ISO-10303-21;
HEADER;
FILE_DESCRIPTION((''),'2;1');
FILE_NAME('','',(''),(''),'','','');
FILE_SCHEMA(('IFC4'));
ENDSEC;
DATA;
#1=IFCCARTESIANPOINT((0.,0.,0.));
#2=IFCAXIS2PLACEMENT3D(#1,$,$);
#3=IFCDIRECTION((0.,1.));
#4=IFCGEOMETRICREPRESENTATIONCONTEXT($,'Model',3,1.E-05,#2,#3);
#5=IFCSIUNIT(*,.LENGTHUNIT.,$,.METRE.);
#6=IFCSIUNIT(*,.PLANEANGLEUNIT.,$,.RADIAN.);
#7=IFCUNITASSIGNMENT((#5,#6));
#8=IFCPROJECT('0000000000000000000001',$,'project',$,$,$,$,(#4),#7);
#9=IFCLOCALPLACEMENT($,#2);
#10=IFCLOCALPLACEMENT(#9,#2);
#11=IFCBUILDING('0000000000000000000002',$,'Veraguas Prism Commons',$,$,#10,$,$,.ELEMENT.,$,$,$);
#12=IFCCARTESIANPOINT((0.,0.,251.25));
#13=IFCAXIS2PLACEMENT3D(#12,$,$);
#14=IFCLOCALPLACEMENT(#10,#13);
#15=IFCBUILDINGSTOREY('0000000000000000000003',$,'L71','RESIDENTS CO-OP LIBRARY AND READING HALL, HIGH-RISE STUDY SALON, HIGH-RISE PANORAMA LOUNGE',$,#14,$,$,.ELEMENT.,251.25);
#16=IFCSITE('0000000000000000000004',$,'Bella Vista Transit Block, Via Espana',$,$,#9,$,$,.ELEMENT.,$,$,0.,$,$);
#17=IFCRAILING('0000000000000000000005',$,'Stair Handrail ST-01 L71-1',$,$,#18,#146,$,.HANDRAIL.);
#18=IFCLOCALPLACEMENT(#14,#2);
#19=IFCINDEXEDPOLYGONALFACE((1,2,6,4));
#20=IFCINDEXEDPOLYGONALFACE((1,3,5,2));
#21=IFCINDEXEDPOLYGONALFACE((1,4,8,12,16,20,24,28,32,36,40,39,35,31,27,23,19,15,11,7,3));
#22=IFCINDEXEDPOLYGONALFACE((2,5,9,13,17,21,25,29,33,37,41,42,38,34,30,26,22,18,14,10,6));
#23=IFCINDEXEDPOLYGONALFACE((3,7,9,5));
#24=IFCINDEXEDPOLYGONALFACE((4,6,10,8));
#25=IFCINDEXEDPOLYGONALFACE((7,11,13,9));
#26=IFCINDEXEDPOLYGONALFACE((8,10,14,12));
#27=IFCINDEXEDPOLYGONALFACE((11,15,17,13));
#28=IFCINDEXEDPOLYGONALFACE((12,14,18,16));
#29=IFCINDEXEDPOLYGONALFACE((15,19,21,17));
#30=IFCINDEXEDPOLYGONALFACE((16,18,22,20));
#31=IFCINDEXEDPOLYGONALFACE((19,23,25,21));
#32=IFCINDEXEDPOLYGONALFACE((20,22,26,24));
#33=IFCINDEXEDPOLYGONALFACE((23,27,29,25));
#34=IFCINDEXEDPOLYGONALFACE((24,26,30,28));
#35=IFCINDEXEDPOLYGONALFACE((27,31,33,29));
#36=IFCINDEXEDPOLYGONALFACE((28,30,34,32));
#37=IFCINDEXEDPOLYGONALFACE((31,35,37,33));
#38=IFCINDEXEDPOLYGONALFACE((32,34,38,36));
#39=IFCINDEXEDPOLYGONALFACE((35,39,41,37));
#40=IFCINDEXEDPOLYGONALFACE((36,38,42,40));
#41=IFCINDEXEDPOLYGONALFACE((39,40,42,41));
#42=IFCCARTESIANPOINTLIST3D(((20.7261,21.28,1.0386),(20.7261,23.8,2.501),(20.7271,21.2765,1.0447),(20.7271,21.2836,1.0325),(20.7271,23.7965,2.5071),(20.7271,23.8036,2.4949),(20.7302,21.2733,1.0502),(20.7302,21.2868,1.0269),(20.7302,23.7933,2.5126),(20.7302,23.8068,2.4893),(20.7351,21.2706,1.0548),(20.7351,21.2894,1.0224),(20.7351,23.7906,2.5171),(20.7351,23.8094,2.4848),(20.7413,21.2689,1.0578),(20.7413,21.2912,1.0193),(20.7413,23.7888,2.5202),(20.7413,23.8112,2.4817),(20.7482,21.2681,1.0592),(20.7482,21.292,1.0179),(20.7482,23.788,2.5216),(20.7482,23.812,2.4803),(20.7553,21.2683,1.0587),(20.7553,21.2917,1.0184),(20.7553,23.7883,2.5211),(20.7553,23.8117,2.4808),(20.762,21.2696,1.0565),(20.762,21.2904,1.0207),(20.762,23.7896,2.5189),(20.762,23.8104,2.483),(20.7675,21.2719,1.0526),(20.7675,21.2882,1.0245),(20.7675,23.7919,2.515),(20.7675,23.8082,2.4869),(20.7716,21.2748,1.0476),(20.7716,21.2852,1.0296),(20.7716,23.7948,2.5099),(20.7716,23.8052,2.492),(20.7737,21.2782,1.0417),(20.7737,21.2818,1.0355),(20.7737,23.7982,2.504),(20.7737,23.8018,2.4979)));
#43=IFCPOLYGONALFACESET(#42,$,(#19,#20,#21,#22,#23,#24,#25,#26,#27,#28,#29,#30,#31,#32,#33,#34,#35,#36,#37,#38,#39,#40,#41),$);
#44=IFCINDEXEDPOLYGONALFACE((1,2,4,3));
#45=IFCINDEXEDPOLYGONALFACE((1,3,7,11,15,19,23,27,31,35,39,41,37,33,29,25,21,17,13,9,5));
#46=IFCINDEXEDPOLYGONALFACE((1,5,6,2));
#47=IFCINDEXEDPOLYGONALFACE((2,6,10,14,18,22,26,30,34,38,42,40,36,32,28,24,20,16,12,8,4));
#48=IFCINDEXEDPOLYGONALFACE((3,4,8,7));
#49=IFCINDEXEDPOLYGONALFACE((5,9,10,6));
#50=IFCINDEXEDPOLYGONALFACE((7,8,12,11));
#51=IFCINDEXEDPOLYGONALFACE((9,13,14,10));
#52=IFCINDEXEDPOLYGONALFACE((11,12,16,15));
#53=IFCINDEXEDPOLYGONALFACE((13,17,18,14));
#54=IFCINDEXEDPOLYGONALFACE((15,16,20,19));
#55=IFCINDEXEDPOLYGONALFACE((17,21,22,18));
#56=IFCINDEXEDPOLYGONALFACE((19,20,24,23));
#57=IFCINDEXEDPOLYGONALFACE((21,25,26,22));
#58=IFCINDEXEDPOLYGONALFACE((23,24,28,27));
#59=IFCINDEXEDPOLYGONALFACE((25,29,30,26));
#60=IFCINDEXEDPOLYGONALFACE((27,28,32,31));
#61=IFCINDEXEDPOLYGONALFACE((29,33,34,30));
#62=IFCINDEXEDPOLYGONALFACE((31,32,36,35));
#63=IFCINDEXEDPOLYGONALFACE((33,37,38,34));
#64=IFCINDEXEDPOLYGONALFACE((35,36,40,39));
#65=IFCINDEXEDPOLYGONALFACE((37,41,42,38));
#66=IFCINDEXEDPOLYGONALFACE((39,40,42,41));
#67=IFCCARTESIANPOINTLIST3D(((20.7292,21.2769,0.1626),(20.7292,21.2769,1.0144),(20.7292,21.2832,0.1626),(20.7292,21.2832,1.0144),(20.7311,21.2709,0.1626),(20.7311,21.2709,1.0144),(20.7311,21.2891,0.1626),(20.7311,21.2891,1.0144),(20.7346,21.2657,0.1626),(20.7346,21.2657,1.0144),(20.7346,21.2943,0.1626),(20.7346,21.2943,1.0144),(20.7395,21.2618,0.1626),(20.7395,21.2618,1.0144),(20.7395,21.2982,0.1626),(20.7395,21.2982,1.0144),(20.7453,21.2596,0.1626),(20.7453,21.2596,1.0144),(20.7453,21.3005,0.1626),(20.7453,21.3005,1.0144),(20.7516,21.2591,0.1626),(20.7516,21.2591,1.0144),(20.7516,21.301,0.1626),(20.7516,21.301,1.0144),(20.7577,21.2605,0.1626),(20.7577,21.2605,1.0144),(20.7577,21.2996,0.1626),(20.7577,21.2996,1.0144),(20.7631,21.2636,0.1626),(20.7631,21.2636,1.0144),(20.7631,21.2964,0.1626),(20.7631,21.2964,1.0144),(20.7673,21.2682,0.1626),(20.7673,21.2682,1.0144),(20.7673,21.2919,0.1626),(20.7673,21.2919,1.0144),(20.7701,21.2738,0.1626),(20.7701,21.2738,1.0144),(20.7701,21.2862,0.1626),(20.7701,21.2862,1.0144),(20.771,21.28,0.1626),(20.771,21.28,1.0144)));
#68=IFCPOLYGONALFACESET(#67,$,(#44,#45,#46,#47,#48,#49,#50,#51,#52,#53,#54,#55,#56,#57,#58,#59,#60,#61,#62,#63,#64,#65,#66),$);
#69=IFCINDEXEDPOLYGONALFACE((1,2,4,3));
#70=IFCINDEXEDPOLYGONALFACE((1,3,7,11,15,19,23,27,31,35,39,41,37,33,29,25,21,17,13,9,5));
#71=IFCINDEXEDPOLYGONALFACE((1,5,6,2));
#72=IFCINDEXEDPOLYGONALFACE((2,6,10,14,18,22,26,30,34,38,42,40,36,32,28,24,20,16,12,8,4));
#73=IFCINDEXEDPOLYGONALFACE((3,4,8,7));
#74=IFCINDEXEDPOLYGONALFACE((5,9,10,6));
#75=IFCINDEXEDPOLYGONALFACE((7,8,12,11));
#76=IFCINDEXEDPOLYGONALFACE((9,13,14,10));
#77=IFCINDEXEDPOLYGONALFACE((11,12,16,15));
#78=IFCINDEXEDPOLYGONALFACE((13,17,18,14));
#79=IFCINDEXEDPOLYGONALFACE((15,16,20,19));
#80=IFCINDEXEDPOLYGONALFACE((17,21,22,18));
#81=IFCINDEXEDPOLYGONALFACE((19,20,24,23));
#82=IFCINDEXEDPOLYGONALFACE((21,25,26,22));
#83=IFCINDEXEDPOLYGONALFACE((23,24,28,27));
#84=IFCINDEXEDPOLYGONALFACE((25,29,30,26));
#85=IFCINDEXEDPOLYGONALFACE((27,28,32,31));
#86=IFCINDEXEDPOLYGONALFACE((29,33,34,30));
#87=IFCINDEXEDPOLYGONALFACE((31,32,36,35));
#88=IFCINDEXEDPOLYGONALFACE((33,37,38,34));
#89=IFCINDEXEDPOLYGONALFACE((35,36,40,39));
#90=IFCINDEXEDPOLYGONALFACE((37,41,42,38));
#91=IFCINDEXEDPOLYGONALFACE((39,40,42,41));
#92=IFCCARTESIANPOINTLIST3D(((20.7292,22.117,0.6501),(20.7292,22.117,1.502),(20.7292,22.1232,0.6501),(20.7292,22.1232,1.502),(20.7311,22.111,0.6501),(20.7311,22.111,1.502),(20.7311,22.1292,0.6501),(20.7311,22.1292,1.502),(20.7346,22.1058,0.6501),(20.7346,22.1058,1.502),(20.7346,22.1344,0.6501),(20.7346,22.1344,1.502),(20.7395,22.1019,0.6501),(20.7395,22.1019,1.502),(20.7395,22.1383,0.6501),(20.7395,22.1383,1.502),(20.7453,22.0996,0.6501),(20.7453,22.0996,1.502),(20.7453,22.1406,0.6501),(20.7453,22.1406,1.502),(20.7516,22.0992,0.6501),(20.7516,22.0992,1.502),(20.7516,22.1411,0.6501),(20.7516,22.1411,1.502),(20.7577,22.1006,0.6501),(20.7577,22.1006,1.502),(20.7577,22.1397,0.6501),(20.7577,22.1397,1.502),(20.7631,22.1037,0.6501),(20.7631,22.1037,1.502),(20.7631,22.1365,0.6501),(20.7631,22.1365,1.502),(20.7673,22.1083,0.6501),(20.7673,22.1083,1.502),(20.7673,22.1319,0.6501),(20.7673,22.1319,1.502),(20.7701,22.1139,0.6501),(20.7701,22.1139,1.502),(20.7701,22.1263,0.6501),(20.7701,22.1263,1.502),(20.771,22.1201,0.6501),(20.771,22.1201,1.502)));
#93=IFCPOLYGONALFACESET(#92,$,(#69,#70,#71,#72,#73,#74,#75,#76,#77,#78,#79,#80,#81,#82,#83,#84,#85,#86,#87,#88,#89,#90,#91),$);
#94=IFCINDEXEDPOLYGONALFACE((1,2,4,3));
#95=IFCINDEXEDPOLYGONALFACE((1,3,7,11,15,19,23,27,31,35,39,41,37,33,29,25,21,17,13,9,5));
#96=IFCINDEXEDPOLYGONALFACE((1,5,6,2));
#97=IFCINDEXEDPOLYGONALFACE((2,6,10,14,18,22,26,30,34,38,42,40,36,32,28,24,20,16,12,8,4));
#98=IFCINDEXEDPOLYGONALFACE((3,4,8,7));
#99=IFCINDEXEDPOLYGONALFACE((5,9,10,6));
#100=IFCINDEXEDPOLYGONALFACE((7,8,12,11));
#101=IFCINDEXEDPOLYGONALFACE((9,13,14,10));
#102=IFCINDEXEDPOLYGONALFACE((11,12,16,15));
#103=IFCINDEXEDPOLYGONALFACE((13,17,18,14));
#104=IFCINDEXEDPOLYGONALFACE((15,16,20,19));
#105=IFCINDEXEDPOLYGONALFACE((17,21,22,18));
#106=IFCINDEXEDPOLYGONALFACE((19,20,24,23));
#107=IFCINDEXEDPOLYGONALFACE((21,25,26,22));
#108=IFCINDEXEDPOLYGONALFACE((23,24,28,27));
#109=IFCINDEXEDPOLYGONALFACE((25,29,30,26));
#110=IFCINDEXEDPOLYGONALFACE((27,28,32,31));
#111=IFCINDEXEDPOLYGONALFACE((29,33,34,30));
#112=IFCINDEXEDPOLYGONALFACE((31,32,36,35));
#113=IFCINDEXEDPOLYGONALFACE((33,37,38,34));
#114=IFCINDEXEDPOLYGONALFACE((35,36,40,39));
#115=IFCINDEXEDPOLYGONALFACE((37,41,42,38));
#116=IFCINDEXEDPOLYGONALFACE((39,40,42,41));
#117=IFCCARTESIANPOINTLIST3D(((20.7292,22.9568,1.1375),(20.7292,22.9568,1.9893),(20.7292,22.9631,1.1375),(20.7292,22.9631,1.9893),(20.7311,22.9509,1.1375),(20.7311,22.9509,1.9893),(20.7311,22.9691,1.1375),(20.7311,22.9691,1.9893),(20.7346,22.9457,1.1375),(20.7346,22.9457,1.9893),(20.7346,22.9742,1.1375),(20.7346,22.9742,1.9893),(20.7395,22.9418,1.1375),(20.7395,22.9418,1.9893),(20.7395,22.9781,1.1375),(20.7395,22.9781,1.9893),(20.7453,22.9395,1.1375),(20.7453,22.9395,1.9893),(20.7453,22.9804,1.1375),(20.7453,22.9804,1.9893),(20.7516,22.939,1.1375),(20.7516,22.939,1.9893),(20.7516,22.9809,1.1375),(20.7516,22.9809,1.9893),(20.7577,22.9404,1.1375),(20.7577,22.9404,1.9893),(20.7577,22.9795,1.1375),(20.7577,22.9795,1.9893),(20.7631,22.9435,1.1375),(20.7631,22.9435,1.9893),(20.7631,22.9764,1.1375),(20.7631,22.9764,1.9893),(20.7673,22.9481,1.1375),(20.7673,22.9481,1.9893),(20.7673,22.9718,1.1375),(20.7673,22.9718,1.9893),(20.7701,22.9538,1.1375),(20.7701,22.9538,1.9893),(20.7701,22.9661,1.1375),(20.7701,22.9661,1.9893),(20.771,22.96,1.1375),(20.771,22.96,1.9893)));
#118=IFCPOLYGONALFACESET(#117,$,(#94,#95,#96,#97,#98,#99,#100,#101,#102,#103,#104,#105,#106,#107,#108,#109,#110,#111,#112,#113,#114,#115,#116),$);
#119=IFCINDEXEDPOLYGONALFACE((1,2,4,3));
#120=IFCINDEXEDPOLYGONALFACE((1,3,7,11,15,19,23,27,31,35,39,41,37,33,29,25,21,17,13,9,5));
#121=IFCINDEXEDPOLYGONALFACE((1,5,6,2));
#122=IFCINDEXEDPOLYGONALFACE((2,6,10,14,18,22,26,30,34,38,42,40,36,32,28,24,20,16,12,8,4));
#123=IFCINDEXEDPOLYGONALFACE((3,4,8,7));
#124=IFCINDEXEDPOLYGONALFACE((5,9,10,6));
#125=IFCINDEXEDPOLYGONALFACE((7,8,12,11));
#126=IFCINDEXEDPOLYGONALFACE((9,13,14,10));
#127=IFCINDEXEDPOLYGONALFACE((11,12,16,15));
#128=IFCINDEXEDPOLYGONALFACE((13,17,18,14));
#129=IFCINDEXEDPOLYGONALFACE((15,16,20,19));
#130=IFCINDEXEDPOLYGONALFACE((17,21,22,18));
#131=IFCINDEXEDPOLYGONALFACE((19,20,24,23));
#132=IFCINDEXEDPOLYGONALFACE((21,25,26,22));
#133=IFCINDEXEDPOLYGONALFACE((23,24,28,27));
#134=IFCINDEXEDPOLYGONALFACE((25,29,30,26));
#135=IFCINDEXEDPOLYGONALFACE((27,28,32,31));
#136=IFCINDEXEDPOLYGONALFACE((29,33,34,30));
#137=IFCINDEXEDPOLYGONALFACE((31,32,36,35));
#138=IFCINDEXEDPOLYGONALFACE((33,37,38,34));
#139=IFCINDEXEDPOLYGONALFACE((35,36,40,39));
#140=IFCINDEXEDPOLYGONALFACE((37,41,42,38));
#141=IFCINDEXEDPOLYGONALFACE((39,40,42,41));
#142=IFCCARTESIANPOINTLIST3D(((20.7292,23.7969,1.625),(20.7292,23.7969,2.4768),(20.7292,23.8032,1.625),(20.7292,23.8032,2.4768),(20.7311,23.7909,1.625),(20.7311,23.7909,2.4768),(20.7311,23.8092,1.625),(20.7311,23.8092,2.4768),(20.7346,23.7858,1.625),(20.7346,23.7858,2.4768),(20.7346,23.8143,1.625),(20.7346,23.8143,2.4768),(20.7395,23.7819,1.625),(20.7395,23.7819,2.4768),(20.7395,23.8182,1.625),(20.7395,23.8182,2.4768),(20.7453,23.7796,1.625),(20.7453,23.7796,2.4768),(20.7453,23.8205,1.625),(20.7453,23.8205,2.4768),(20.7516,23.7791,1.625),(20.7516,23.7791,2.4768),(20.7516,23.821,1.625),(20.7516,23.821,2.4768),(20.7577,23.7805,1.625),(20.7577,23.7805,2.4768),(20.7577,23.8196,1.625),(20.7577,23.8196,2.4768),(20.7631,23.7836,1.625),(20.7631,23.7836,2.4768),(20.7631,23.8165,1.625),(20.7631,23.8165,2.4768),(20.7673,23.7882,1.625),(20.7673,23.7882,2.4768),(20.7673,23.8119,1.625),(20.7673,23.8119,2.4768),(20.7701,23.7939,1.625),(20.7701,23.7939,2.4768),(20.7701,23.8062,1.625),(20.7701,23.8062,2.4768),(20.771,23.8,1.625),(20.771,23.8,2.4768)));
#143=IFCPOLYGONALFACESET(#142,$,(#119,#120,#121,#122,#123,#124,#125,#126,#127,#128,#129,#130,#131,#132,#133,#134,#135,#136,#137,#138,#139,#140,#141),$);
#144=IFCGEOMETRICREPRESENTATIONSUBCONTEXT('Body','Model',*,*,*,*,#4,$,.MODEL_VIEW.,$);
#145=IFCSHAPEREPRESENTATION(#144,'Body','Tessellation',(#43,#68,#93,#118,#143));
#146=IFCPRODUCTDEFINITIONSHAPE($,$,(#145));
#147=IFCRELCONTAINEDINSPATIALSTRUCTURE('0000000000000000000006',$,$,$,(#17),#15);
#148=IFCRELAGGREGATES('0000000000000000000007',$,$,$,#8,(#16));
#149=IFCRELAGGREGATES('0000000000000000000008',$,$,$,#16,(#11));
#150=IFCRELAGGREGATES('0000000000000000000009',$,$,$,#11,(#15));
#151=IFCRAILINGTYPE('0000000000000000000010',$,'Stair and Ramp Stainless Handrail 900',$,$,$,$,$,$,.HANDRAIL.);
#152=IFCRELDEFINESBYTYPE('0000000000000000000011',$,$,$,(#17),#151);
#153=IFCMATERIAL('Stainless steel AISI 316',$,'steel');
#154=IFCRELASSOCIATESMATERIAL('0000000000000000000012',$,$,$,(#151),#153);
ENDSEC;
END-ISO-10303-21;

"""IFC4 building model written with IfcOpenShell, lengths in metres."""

from ifc_helpers import new_model, si_unit, direction, frame, origin, origin_2d, place, context, subcontext, project, spatial, circle, extrude, material, type_object, element, save


model = new_model("IFC4")

# Units and contexts
model_context = context("Model", 3, precision=1e-05, world=origin(), true_north=direction((0.0, 1.0)))
body_context = subcontext(model_context, "Body", "Model", "MODEL_VIEW")
ifc_project = project(units=[si_unit("LENGTHUNIT", "METRE"), si_unit("PLANEANGLEUNIT", "RADIAN")], contexts=[model_context])

# Site, building, storey
site_placement = place(None, origin())
site = spatial("IfcSite", under=ifc_project, at=site_placement, Name="Bella Vista Transit Block, Via Espana", CompositionType="ELEMENT", RefElevation=0.0)
building_placement = place(site_placement, origin())
building = spatial("IfcBuilding", under=site, at=building_placement, Name="Veraguas Prism Commons", CompositionType="ELEMENT")
storey_placement = place(building_placement, frame((0.0, 0.0, 251.25)))
storey = spatial("IfcBuildingStorey", under=building, at=storey_placement, Name="L71", Description="RESIDENTS CO-OP LIBRARY AND READING HALL, HIGH-RISE STUDY SALON, HIGH-RISE PANORAMA LOUNGE", CompositionType="ELEMENT", Elevation=251.25)

# Shared definitions
ifc_material_1 = material(Name="Stainless steel AISI 316", Category="steel")

# Railing
railing_type_1 = type_object("IfcRailingType", Name="Stair and Ramp Stainless Handrail 900", PredefinedType="HANDRAIL", material=ifc_material_1)
railing_1_placement = place(storey_placement, frame((20.75, 21.28, 0.1626)))
element("IfcRailing", 1, at=railing_1_placement, inside=storey, type_object=railing_type_1, Name="Stair Handrail ST-01 L71-1", PredefinedType="HANDRAIL", context=body_context, shape_type="SweptSolid", body=[
    extrude(circle(Radius=0.0239, at=origin_2d()), frame((0.0, 0.0, 0.876), z_axis=(0.0, 0.864913, 0.501921), x_axis=(-1.0, 0.0, 0.0)), (0.0, 0.0, 1.0), 2.9136),
    extrude(circle(Radius=0.021, at=origin_2d()), origin(), (0.0, 0.0, 1.0), 0.8518),
    extrude(circle(Radius=0.021, at=origin_2d()), frame((0.0, 0.8401, 0.4875)), (0.0, 0.0, 1.0), 0.8518),
    extrude(circle(Radius=0.021, at=origin_2d()), frame((0.0, 1.6799, 0.9749)), (0.0, 0.0, 1.0), 0.8518),
    extrude(circle(Radius=0.021, at=origin_2d()), frame((0.0, 2.52, 1.4624)), (0.0, 0.0, 1.0), 0.8518),
])

save(model, "model.ifc")
